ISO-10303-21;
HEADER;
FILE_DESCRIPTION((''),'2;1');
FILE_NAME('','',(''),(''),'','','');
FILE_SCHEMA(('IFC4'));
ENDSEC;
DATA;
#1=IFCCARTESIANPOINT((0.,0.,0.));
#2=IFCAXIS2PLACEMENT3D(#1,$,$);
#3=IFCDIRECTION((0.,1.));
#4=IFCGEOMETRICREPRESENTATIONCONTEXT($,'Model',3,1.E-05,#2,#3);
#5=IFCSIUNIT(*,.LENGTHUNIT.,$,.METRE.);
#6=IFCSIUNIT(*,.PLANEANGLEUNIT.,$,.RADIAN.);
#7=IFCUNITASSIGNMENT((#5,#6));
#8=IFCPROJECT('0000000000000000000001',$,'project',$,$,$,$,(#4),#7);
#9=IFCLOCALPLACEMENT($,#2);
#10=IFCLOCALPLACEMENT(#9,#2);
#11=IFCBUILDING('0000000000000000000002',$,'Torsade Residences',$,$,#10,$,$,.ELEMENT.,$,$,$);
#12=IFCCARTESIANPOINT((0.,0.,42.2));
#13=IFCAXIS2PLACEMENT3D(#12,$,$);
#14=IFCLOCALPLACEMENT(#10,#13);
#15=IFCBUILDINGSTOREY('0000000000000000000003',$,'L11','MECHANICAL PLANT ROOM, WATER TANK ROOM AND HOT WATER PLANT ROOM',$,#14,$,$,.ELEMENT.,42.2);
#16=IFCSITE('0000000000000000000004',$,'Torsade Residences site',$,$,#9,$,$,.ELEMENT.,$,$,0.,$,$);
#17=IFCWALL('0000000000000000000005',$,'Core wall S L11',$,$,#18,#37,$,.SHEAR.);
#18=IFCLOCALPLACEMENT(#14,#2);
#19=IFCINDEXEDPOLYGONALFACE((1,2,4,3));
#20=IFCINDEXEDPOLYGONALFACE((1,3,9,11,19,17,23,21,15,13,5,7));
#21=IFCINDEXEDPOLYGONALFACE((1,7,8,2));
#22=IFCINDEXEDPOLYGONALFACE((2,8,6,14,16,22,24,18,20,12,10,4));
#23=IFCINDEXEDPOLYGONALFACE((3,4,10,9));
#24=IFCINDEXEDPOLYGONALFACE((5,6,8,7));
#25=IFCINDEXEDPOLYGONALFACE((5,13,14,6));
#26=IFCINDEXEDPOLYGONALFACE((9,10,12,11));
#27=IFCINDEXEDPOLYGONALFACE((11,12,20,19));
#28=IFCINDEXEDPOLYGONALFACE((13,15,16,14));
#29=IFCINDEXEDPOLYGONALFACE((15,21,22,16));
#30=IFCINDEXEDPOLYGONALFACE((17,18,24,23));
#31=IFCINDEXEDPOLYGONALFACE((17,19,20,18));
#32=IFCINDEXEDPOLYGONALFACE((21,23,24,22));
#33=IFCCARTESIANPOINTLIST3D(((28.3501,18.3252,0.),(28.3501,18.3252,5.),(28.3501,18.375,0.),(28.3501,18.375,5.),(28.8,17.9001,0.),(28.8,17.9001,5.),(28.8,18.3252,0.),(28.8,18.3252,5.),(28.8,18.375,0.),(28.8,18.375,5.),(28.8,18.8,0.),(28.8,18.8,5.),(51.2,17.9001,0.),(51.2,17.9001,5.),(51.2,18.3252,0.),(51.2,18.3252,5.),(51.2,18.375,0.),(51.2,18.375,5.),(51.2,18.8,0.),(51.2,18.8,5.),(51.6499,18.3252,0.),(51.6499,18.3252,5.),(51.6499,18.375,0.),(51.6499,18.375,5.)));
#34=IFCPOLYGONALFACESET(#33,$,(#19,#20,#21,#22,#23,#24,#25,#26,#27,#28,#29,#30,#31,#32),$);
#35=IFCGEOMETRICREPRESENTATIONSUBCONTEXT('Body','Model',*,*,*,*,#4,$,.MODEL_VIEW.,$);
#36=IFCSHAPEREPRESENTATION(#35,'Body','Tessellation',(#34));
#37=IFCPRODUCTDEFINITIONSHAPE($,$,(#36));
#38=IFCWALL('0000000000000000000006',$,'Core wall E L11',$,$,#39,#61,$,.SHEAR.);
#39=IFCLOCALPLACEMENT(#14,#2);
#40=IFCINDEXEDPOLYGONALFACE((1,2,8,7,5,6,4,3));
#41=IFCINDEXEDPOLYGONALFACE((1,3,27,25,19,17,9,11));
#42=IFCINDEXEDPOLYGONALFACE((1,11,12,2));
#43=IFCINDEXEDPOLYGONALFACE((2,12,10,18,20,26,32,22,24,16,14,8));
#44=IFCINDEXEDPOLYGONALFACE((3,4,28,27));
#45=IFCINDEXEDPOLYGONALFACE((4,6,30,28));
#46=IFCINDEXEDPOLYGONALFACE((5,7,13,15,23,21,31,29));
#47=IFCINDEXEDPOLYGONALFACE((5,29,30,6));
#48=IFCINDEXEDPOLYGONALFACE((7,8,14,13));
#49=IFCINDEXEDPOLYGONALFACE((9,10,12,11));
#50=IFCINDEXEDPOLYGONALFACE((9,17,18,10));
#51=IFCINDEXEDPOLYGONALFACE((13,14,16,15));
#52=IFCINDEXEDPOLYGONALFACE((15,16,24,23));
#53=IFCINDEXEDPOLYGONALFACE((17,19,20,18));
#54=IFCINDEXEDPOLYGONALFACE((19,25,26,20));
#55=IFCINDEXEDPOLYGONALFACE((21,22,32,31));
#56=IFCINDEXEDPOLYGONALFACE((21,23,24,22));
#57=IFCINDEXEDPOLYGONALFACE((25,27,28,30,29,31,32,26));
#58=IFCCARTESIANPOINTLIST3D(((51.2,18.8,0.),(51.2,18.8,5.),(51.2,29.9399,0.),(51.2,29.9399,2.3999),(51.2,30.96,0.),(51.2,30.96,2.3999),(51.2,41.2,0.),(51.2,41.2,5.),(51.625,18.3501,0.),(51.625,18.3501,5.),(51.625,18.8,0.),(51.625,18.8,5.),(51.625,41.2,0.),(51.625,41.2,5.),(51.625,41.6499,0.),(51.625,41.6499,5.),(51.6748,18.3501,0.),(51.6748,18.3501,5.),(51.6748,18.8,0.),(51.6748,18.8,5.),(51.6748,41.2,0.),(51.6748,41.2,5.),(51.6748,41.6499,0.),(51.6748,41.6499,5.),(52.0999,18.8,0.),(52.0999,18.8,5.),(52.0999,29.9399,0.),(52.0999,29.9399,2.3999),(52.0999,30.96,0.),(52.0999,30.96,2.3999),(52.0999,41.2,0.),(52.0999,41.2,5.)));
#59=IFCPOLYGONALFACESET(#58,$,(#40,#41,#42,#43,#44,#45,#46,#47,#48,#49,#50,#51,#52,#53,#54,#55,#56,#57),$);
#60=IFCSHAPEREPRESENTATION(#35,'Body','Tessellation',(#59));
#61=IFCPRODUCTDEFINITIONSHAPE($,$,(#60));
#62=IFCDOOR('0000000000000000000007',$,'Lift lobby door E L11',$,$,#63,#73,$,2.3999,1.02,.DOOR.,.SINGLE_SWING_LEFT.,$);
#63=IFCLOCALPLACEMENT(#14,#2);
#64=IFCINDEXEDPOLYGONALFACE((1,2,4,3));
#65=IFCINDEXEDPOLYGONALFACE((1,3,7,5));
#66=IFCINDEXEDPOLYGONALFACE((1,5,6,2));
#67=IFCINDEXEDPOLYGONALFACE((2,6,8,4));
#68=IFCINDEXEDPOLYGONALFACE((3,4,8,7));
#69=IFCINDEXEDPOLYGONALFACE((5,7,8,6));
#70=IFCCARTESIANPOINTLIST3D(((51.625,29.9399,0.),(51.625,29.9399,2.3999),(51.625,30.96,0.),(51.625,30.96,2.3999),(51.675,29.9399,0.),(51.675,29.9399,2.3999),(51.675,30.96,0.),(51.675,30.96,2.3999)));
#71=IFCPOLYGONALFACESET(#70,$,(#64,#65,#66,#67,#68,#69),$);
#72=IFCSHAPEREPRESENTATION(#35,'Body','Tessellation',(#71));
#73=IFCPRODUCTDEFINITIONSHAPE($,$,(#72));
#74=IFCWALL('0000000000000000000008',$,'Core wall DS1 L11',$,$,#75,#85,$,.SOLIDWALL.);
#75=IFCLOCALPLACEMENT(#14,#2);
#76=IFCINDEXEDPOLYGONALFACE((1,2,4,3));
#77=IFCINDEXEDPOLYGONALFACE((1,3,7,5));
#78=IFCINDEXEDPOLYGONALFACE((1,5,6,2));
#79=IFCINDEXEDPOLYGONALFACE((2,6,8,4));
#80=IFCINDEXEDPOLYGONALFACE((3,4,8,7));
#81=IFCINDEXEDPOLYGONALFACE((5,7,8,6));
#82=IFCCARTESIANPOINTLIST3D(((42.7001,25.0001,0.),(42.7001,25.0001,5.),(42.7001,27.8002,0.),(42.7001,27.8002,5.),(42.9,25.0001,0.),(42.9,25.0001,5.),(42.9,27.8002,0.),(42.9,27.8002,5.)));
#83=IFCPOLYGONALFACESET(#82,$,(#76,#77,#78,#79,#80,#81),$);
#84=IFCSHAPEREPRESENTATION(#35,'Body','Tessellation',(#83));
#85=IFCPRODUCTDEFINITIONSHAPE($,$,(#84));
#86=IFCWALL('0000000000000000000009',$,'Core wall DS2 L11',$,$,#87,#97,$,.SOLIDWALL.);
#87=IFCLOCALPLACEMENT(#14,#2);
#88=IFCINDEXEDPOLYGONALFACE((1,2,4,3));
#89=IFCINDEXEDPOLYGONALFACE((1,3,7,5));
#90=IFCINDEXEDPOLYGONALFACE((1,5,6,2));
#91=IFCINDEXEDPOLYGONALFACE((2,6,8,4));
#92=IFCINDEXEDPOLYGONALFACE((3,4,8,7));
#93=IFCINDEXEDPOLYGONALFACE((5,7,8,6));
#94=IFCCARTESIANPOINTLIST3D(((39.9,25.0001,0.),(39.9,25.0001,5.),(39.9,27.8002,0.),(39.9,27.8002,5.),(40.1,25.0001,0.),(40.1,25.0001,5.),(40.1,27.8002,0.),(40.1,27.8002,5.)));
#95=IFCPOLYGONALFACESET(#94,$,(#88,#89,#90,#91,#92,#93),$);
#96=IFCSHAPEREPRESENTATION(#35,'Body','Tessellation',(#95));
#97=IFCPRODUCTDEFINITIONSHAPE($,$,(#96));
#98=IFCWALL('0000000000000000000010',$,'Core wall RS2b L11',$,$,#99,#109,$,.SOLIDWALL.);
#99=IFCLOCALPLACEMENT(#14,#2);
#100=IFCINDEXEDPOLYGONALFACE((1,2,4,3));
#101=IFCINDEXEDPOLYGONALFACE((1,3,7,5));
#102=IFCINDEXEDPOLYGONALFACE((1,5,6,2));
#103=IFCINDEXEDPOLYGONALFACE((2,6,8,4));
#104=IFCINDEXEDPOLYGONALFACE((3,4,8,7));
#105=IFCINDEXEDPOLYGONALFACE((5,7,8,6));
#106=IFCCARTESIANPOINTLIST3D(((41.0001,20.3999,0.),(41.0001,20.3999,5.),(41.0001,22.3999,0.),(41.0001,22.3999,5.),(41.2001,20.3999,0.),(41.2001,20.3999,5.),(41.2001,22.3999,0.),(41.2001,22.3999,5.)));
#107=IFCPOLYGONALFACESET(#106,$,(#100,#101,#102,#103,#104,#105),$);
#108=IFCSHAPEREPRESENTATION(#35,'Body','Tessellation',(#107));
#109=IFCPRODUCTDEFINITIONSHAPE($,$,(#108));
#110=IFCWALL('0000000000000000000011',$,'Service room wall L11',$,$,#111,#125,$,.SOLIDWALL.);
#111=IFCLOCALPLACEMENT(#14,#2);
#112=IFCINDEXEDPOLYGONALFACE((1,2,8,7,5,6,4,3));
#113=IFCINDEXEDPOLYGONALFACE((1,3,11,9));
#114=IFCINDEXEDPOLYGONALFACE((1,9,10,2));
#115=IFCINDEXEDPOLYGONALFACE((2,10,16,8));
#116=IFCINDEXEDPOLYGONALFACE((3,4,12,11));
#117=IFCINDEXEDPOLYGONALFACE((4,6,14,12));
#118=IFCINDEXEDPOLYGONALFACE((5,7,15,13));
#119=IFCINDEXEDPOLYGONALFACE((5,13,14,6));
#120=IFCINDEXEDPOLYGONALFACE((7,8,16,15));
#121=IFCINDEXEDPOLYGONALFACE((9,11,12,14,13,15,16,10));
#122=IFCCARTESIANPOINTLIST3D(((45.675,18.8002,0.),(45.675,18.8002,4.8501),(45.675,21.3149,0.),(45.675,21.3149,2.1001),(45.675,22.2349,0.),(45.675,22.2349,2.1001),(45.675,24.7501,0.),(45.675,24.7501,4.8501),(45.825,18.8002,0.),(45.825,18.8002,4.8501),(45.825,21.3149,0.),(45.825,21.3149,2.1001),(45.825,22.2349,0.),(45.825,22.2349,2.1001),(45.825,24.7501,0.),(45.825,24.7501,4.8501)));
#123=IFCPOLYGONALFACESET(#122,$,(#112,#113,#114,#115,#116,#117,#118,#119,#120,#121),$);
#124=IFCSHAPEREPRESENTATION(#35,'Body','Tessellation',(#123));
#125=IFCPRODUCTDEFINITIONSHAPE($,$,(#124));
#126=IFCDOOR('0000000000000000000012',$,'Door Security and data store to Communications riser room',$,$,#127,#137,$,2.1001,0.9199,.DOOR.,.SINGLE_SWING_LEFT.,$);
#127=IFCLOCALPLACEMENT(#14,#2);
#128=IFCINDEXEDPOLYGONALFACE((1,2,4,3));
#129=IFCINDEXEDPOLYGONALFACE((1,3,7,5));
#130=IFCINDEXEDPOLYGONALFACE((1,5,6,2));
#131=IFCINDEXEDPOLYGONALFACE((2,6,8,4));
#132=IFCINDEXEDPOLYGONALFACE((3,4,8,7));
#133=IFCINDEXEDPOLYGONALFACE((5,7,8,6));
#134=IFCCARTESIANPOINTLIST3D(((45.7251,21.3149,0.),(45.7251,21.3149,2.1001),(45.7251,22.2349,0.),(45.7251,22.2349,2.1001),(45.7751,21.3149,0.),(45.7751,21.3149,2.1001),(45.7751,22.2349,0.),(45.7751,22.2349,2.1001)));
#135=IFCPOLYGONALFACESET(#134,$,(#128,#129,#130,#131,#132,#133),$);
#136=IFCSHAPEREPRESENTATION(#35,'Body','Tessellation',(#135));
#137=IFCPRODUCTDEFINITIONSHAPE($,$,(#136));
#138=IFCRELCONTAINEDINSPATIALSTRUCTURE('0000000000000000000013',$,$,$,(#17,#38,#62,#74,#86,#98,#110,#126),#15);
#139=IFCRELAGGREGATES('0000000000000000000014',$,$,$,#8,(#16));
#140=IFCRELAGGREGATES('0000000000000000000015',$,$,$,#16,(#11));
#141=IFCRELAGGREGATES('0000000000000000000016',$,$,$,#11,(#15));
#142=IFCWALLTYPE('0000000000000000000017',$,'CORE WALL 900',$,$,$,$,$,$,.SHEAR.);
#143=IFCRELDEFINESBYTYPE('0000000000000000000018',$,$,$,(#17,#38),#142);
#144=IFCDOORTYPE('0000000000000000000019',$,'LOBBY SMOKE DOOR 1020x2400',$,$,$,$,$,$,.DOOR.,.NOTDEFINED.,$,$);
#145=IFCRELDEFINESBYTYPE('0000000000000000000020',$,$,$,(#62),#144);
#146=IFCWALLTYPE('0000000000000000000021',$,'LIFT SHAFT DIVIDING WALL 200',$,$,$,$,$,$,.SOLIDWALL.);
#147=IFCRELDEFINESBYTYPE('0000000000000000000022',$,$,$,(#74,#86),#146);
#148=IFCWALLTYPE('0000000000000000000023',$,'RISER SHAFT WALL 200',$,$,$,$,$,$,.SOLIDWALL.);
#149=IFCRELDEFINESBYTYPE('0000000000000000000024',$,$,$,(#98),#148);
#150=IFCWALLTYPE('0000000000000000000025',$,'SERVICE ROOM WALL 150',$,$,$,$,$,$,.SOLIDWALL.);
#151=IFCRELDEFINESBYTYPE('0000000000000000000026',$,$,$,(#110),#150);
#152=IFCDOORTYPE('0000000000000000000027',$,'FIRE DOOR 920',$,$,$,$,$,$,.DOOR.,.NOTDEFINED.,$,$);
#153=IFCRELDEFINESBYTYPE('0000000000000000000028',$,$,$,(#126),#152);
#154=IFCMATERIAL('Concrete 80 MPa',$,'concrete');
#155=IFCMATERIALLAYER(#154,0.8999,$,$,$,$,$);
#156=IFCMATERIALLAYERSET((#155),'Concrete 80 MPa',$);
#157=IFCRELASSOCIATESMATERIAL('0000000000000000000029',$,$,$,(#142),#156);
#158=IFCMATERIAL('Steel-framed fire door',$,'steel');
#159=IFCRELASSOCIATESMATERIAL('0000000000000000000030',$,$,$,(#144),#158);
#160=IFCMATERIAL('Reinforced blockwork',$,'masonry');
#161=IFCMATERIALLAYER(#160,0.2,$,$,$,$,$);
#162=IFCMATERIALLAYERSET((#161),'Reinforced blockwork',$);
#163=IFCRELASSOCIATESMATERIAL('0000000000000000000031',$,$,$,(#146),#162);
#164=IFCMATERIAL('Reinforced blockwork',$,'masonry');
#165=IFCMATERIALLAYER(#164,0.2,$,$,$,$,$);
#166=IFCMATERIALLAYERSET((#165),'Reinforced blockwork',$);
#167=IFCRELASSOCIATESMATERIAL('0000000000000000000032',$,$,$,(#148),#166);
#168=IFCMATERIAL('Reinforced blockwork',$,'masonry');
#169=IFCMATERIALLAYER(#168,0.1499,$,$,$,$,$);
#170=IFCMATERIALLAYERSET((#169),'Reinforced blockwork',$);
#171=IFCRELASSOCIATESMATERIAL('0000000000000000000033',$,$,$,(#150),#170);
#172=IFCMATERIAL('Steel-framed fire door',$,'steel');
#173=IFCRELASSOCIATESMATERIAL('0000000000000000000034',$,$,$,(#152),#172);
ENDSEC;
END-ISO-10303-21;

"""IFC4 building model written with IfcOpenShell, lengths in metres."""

from ifc_helpers import new_model, si_unit, direction, frame, frame_2d, origin, place, context, subcontext, project, spatial, polyline, rectangle, outline, extrude, material, layer, layer_set, type_object, element, fill, save


model = new_model("IFC4")

# Units and contexts
model_context = context("Model", 3, precision=1e-05, world=origin(), true_north=direction((0.0, 1.0)))
body_context = subcontext(model_context, "Body", "Model", "MODEL_VIEW")
ifc_project = project(units=[si_unit("LENGTHUNIT", "METRE"), si_unit("PLANEANGLEUNIT", "RADIAN")], contexts=[model_context])

# Site, building, storey
site_placement = place(None, origin())
site = spatial("IfcSite", under=ifc_project, at=site_placement, Name="Torsade Residences site", CompositionType="ELEMENT", RefElevation=0.0)
building_placement = place(site_placement, origin())
building = spatial("IfcBuilding", under=site, at=building_placement, Name="Torsade Residences", CompositionType="ELEMENT")
storey_placement = place(building_placement, frame((0.0, 0.0, 42.2)))
storey = spatial("IfcBuildingStorey", under=building, at=storey_placement, Name="L11", Description="MECHANICAL PLANT ROOM, WATER TANK ROOM AND HOT WATER PLANT ROOM", CompositionType="ELEMENT", Elevation=42.2)

# Wall
ifc_material_1 = material(Name="Concrete 80 MPa", Category="concrete")
ifc_layer_1 = layer(ifc_material_1, 0.8999)
ifc_layer_set_1 = layer_set([ifc_layer_1], Name="Concrete 80 MPa")
wall_type_1 = type_object("IfcWallType", Name="CORE WALL 900", PredefinedType="SHEAR", material=ifc_layer_set_1)
wall_1_placement = place(storey_placement, frame((51.2, 18.3501, 0.0), z_axis=(0.0, 0.0, 1.0), x_axis=(-1.0, 0.0, 0.0)))
element("IfcWall", 1, at=wall_1_placement, inside=storey, type_object=wall_type_1, Name="Core wall S L11", PredefinedType="SHEAR", context=body_context, shape_type="SweptSolid", body=[
    extrude(outline(polyline([(0.0, -0.45), (22.3999, -0.45), (22.3999, -0.0249), (22.8499, -0.0249), (22.8499, 0.0249), (22.3999, 0.0249), (22.3999, 0.45), (0.0, 0.45), (0.0, 0.0249), (-0.45, 0.0249), (-0.45, -0.0249), (0.0, -0.0249), (0.0, -0.45)])), origin(), (0.0, 0.0, 1.0), 5.0),
])

# Wall, opening, door
wall_2_placement = place(storey_placement, frame((51.6499, 18.8, 0.0), z_axis=(0.0, 0.0, 1.0), x_axis=(0.0, 1.0, 0.0)))
wall_2 = element("IfcWall", 2, at=wall_2_placement, inside=storey, type_object=wall_type_1, Name="Core wall E L11", PredefinedType="SHEAR", context=body_context, shape_type="SweptSolid", body=[
    extrude(outline(polyline([(0.0, -0.45), (22.3999, -0.45), (22.3999, -0.0249), (22.8499, -0.0249), (22.8499, 0.0249), (22.3999, 0.0249), (22.3999, 0.45), (0.0, 0.45), (0.0, 0.0249), (-0.45, 0.0249), (-0.45, -0.0249), (0.0, -0.0249), (0.0, -0.45)])), origin(), (0.0, 0.0, 1.0), 5.0),
])
opening_1_placement = place(wall_2_placement, frame((11.1399, 0.0, 0.0)))
opening_1 = element("IfcOpeningElement", 3, at=opening_1_placement, cuts=wall_2, PredefinedType="OPENING", context=body_context, shape_type="SweptSolid", body=[
    extrude(rectangle(XDim=1.02, YDim=2.3999, at=frame_2d((0.51, 1.2))), frame((0.0, 0.46, 0.0), z_axis=(0.0, -1.0, 0.0), x_axis=(1.0, 0.0, 0.0)), (0.0, 0.0, 1.0), 0.9199),
])
ifc_material_2 = material(Name="Steel-framed fire door", Category="steel")
door_type_1 = type_object("IfcDoorType", Name="LOBBY SMOKE DOOR 1020x2400", OperationType="NOTDEFINED", PredefinedType="DOOR", material=ifc_material_2)
door_1_placement = place(opening_1_placement, origin())
door_1 = element("IfcDoor", 4, at=door_1_placement, inside=storey, type_object=door_type_1, Name="Lift lobby door E L11", OperationType="SINGLE_SWING_LEFT", OverallHeight=2.3999, OverallWidth=1.02, PredefinedType="DOOR", context=body_context, shape_type="SweptSolid", body=[
    extrude(rectangle(XDim=1.02, YDim=2.3999, at=frame_2d((0.51, 1.2))), frame((0.0, 0.0249, 0.0), z_axis=(0.0, -1.0, 0.0), x_axis=(1.0, 0.0, 0.0)), (0.0, 0.0, 1.0), 0.05),
])
fill(opening_1, door_1)

# Walls
ifc_material_3 = material(Name="Reinforced blockwork", Category="masonry")
ifc_layer_2 = layer(ifc_material_3, 0.2)
ifc_layer_set_2 = layer_set([ifc_layer_2], Name="Reinforced blockwork")
wall_type_2 = type_object("IfcWallType", Name="LIFT SHAFT DIVIDING WALL 200", PredefinedType="SOLIDWALL", material=ifc_layer_set_2)
for number, where, z_axis, x_axis, name in (
    (5, (42.8, 27.8, 0.0), (0.0, 0.0, 1.0), (0.0, -1.0, 0.0), "Core wall DS1 L11"),
    (6, (40.0, 27.8, 0.0), (0.0, 0.0, 1.0), (0.0, -1.0, 0.0), "Core wall DS2 L11"),
):
    element("IfcWall", number, at=place(storey_placement, frame(where, z_axis=z_axis, x_axis=x_axis)), inside=storey, type_object=wall_type_2, Name=name, PredefinedType="SOLIDWALL", context=body_context, shape_type="SweptSolid", body=[
        extrude(rectangle(XDim=2.8, YDim=0.2, at=frame_2d((1.3999, 0.0))), origin(), (0.0, 0.0, 1.0), 5.0),
    ])
ifc_material_4 = material(Name="Reinforced blockwork", Category="masonry")
ifc_layer_3 = layer(ifc_material_4, 0.2)
ifc_layer_set_3 = layer_set([ifc_layer_3], Name="Reinforced blockwork")
wall_type_3 = type_object("IfcWallType", Name="RISER SHAFT WALL 200", PredefinedType="SOLIDWALL", material=ifc_layer_set_3)
wall_3_placement = place(storey_placement, frame((41.1001, 22.3999, 0.0), z_axis=(0.0, 0.0, 1.0), x_axis=(0.0, -1.0, 0.0)))
element("IfcWall", 7, at=wall_3_placement, inside=storey, type_object=wall_type_3, Name="Core wall RS2b L11", PredefinedType="SOLIDWALL", context=body_context, shape_type="SweptSolid", body=[
    extrude(rectangle(XDim=2.0, YDim=0.2, at=frame_2d((1.0, 0.0))), origin(), (0.0, 0.0, 1.0), 5.0),
])

# Wall, opening, door
ifc_material_5 = material(Name="Reinforced blockwork", Category="masonry")
ifc_layer_4 = layer(ifc_material_5, 0.1499)
ifc_layer_set_4 = layer_set([ifc_layer_4], Name="Reinforced blockwork")
wall_type_4 = type_object("IfcWallType", Name="SERVICE ROOM WALL 150", PredefinedType="SOLIDWALL", material=ifc_layer_set_4)
wall_4_placement = place(storey_placement, frame((45.75, 18.8, 0.0), z_axis=(0.0, 0.0, 1.0), x_axis=(0.0, 1.0, 0.0)))
wall_4 = element("IfcWall", 8, at=wall_4_placement, inside=storey, type_object=wall_type_4, Name="Service room wall L11", PredefinedType="SOLIDWALL", context=body_context, shape_type="SweptSolid", body=[
    extrude(rectangle(XDim=5.95, YDim=0.1499, at=frame_2d((2.9751, 0.0))), origin(), (0.0, 0.0, 1.0), 4.8501),
])
opening_2_placement = place(wall_4_placement, frame((2.5149, 0.0, 0.0)))
opening_2 = element("IfcOpeningElement", 9, at=opening_2_placement, cuts=wall_4, PredefinedType="OPENING", context=body_context, shape_type="SweptSolid", body=[
    extrude(rectangle(XDim=0.9199, YDim=2.1001, at=frame_2d((0.46, 1.05))), frame((0.0, 0.085, 0.0), z_axis=(0.0, -1.0, 0.0), x_axis=(1.0, 0.0, 0.0)), (0.0, 0.0, 1.0), 0.1699),
])
ifc_material_6 = material(Name="Steel-framed fire door", Category="steel")
door_type_2 = type_object("IfcDoorType", Name="FIRE DOOR 920", OperationType="NOTDEFINED", PredefinedType="DOOR", material=ifc_material_6)
door_2_placement = place(opening_2_placement, origin())
door_2 = element("IfcDoor", 10, at=door_2_placement, inside=storey, type_object=door_type_2, Name="Door Security and data store to Communications riser room", OperationType="SINGLE_SWING_LEFT", OverallHeight=2.1001, OverallWidth=0.9199, PredefinedType="DOOR", context=body_context, shape_type="SweptSolid", body=[
    extrude(rectangle(XDim=0.9199, YDim=2.1001, at=frame_2d((0.46, 1.05))), frame((0.0, 0.0249, 0.0), z_axis=(0.0, -1.0, 0.0), x_axis=(1.0, 0.0, 0.0)), (0.0, 0.0, 1.0), 0.05),
])
fill(opening_2, door_2)

save(model, "model.ifc")
